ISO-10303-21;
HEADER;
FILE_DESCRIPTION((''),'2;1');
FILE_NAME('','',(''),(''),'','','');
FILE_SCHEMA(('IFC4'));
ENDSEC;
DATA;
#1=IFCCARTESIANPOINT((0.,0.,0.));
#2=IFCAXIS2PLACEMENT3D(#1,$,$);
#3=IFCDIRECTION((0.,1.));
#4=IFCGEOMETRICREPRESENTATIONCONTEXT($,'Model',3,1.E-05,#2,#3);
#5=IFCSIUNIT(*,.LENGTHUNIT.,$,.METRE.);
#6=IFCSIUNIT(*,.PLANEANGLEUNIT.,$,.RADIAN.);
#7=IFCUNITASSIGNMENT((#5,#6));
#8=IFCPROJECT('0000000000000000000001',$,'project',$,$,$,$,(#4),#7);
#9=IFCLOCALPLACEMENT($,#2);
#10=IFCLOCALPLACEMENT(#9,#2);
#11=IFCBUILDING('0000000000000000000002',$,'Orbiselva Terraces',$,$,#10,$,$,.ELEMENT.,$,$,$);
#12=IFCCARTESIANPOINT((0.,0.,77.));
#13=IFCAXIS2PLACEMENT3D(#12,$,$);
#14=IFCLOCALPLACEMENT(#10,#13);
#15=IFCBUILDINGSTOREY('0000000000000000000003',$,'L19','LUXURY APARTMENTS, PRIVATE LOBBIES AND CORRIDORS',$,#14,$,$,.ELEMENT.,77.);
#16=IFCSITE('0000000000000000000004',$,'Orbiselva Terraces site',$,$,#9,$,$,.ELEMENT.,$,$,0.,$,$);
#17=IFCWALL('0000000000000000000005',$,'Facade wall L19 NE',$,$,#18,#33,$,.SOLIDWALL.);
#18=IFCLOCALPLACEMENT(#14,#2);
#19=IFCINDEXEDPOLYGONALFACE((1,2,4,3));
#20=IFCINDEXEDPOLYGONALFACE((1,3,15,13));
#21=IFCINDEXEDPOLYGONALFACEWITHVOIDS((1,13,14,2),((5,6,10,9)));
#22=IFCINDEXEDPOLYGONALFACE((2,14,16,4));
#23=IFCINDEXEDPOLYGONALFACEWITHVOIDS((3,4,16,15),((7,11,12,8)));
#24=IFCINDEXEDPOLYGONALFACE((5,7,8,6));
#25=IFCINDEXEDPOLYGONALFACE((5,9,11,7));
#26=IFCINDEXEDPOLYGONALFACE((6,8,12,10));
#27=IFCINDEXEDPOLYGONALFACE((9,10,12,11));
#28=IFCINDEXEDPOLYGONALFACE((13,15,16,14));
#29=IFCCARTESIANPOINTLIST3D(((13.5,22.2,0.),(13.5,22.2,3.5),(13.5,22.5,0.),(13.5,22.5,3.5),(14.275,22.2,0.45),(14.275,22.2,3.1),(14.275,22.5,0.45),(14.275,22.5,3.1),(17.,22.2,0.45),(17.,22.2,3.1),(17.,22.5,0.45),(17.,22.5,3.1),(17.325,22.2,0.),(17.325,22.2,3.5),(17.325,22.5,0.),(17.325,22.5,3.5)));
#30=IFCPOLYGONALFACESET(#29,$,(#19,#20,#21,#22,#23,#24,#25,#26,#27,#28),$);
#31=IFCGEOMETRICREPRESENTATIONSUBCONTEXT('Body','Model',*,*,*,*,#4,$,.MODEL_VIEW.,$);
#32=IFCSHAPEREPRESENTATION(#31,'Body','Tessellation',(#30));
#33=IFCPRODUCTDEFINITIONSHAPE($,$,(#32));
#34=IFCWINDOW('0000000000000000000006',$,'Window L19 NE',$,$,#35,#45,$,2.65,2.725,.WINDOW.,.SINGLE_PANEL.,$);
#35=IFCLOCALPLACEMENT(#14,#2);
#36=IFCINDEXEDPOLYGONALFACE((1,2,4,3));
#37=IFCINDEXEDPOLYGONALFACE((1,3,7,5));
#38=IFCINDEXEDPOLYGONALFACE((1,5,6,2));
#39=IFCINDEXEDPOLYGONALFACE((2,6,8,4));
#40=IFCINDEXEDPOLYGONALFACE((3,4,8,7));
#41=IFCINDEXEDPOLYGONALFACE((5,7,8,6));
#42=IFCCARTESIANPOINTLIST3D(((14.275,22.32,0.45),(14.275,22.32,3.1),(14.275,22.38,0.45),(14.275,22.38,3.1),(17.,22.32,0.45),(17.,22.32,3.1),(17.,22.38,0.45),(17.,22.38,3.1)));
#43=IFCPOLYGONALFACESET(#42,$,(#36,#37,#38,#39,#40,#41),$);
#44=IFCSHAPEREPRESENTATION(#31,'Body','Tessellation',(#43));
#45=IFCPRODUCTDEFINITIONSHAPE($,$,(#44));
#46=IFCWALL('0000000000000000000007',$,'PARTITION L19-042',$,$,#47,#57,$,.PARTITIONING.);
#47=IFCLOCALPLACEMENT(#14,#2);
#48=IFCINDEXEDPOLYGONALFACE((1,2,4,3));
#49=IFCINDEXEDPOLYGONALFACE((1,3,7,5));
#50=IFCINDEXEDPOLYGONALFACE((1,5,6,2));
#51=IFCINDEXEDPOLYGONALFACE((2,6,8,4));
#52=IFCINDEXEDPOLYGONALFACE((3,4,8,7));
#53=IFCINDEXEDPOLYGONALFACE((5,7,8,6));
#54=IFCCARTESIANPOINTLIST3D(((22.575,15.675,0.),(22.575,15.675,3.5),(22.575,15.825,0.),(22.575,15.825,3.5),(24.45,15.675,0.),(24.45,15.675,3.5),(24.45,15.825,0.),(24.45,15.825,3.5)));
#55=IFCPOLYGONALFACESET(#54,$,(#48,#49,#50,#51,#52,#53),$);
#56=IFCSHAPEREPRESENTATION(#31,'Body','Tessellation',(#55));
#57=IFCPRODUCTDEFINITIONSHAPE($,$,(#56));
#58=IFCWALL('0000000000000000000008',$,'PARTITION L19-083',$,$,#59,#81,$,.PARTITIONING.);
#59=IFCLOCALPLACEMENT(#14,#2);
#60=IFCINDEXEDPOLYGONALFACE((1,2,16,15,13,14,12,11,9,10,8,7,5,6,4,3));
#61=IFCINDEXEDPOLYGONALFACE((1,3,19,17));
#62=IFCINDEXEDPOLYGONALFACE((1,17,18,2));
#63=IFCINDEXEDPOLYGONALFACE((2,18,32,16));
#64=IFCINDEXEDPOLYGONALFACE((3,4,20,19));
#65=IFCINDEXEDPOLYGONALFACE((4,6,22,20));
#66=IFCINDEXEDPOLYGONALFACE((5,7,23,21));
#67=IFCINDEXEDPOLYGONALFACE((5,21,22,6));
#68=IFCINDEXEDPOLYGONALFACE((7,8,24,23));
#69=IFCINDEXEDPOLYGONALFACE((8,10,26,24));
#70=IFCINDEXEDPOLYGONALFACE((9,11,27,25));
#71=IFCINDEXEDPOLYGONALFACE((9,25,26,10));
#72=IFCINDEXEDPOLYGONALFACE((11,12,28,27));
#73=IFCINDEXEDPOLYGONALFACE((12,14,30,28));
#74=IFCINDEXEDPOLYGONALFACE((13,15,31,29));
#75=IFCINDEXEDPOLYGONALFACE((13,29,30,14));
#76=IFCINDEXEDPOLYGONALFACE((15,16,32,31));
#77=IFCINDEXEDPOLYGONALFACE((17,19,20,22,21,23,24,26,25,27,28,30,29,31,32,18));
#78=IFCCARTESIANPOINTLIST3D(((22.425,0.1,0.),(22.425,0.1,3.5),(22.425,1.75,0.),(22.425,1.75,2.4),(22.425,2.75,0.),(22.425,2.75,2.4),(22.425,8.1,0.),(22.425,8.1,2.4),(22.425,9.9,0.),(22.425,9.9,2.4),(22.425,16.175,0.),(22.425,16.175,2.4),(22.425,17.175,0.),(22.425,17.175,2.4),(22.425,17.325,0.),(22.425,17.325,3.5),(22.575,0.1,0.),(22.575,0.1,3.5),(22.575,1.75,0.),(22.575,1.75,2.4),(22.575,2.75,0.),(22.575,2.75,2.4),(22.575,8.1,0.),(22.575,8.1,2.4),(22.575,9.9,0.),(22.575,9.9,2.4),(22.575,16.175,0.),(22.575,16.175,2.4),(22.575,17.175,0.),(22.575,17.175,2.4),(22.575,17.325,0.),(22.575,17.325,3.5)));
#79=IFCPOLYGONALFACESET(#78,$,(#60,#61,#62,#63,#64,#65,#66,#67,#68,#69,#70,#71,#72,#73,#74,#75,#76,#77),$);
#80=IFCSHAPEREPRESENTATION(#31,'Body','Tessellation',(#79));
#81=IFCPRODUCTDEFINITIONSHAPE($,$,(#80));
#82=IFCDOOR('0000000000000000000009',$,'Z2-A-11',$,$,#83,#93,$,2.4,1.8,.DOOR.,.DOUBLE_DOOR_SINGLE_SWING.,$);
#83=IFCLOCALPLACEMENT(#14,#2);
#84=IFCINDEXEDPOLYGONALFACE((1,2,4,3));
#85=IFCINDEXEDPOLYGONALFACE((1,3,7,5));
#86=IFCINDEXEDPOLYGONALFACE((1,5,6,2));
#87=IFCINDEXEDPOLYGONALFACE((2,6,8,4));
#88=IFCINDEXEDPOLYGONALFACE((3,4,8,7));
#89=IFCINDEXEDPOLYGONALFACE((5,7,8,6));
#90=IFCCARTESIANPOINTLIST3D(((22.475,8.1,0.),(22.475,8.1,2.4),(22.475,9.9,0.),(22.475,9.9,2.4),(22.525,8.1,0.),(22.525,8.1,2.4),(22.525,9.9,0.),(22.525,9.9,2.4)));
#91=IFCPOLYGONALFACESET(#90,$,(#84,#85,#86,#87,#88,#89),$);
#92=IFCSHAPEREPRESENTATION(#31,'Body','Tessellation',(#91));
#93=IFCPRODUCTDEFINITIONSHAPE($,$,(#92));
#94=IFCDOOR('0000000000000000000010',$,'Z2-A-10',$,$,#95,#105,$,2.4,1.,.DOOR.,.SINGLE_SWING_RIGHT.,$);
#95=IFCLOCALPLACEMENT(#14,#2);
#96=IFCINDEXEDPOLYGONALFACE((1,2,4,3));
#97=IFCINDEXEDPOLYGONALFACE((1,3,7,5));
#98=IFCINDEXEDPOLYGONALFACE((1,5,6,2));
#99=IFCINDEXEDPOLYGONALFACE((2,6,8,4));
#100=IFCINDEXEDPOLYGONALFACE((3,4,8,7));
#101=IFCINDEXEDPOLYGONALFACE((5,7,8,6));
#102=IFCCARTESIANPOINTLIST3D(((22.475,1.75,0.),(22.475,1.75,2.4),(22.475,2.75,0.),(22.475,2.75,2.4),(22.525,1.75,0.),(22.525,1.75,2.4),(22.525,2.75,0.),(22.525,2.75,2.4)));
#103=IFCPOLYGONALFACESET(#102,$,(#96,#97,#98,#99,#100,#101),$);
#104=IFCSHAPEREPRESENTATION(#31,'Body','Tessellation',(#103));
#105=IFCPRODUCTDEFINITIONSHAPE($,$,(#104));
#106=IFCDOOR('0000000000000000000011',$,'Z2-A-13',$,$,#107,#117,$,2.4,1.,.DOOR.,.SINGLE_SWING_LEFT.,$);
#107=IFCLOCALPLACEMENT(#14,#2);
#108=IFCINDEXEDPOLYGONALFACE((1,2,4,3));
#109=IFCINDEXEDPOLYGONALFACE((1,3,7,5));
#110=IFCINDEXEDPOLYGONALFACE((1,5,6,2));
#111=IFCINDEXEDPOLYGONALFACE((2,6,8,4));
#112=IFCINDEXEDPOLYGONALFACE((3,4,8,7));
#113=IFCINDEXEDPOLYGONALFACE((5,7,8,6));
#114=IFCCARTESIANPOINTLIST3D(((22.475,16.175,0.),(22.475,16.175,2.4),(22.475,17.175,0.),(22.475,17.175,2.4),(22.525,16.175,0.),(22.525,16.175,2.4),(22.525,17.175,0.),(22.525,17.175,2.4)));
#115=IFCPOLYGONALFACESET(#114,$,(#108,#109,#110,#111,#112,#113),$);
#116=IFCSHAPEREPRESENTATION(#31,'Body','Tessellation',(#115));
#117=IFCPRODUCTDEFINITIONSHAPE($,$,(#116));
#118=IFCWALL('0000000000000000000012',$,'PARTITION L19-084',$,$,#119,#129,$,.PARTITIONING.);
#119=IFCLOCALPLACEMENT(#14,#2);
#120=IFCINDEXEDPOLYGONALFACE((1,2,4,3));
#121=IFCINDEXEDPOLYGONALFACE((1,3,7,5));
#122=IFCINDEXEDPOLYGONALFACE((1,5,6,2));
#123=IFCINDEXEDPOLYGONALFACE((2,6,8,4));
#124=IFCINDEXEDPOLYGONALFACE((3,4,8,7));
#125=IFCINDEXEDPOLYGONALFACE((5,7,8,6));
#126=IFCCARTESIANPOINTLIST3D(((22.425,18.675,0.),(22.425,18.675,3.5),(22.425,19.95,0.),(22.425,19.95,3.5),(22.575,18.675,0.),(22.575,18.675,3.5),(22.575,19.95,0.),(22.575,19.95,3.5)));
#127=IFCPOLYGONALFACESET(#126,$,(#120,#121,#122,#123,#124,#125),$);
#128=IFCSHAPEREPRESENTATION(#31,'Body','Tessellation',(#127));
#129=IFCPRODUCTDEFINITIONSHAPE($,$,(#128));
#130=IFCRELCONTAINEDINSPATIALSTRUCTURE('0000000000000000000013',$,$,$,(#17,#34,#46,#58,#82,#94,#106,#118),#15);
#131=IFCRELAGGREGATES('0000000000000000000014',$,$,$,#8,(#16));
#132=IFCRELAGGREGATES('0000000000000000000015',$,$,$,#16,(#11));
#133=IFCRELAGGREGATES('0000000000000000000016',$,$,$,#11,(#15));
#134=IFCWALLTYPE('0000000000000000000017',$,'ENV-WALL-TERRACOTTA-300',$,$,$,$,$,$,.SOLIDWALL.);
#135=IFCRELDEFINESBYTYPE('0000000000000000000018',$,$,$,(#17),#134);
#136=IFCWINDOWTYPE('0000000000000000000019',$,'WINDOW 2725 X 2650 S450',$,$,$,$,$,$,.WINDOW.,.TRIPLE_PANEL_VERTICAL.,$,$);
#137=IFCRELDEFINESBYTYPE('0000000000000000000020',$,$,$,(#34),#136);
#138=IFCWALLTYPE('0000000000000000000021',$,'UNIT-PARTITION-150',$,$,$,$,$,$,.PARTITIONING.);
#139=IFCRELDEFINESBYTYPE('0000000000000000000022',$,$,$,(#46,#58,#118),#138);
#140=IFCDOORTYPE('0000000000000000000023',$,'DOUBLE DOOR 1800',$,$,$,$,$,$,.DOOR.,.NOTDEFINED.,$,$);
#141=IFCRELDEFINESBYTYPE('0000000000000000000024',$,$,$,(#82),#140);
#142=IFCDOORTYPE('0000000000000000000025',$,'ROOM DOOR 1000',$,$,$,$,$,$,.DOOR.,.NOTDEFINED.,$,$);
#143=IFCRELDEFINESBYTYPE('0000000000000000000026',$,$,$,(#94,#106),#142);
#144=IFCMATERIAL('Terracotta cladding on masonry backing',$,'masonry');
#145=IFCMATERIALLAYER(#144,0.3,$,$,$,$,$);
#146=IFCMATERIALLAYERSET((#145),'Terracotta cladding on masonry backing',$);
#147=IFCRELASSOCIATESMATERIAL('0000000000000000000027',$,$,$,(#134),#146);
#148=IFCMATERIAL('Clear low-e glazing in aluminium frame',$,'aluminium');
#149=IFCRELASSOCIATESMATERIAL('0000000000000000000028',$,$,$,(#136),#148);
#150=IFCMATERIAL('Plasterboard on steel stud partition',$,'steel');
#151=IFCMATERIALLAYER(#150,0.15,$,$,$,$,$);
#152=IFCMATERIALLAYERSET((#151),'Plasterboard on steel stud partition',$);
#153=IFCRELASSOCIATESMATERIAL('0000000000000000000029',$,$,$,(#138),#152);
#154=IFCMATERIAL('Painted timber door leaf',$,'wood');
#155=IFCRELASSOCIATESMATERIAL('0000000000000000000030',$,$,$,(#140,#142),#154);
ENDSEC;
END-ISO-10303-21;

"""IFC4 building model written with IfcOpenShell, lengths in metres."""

from ifc_helpers import new_model, si_unit, direction, frame, frame_2d, origin, place, context, subcontext, project, spatial, rectangle, extrude, material, layer, layer_set, type_object, element, fill, save


model = new_model("IFC4")

# Units and contexts
model_context = context("Model", 3, precision=1e-05, world=origin(), true_north=direction((0.0, 1.0)))
body_context = subcontext(model_context, "Body", "Model", "MODEL_VIEW")
ifc_project = project(units=[si_unit("LENGTHUNIT", "METRE"), si_unit("PLANEANGLEUNIT", "RADIAN")], contexts=[model_context])

# Site, building, storey
site_placement = place(None, origin())
site = spatial("IfcSite", under=ifc_project, at=site_placement, Name="Orbiselva Terraces site", CompositionType="ELEMENT", RefElevation=0.0)
building_placement = place(site_placement, origin())
building = spatial("IfcBuilding", under=site, at=building_placement, Name="Orbiselva Terraces", CompositionType="ELEMENT")
storey_placement = place(building_placement, frame((0.0, 0.0, 77.0)))
storey = spatial("IfcBuildingStorey", under=building, at=storey_placement, Name="L19", Description="LUXURY APARTMENTS, PRIVATE LOBBIES AND CORRIDORS", CompositionType="ELEMENT", Elevation=77.0)

# Shared definitions
ifc_material_1 = material(Name="Terracotta cladding on masonry backing", Category="masonry")
ifc_layer_1 = layer(ifc_material_1, 0.3)
ifc_layer_set_1 = layer_set([ifc_layer_1], Name="Terracotta cladding on masonry backing")
wall_type_1 = type_object("IfcWallType", Name="ENV-WALL-TERRACOTTA-300", PredefinedType="SOLIDWALL", material=ifc_layer_set_1)
ifc_material_2 = material(Name="Clear low-e glazing in aluminium frame", Category="aluminium")

# Wall, opening, window
wall_1_placement = place(storey_placement, frame((13.5, 22.35, 0.0), z_axis=(0.0, 0.0, 1.0), x_axis=(1.0, 0.0, 0.0)))
wall_1 = element("IfcWall", 1, at=wall_1_placement, inside=storey, type_object=wall_type_1, Name="Facade wall L19 NE", PredefinedType="SOLIDWALL", context=body_context, shape_type="SweptSolid", body=[
    extrude(rectangle(XDim=3.825, YDim=0.3, at=frame_2d((1.9125, 0.0))), origin(), (0.0, 0.0, 1.0), 3.5),
])
opening_1_placement = place(wall_1_placement, frame((0.775, 0.0, 0.45)))
opening_1 = element("IfcOpeningElement", 2, at=opening_1_placement, cuts=wall_1, PredefinedType="OPENING", context=body_context, shape_type="SweptSolid", body=[
    extrude(rectangle(XDim=2.725, YDim=2.65, at=frame_2d((1.3625, 1.325))), frame((0.0, 0.16, 0.0), z_axis=(0.0, -1.0, 0.0), x_axis=(1.0, 0.0, 0.0)), (0.0, 0.0, 1.0), 0.32),
])
window_type = type_object("IfcWindowType", Name="WINDOW 2725 X 2650 S450", PartitioningType="TRIPLE_PANEL_VERTICAL", PredefinedType="WINDOW", material=ifc_material_2)
window_placement = place(opening_1_placement, origin())
window = element("IfcWindow", 3, at=window_placement, inside=storey, type_object=window_type, Name="Window L19 NE", OverallHeight=2.65, OverallWidth=2.725, PartitioningType="SINGLE_PANEL", PredefinedType="WINDOW", context=body_context, shape_type="SweptSolid", body=[
    extrude(rectangle(XDim=2.725, YDim=2.65, at=frame_2d((1.3625, 1.325))), frame((0.0, 0.03, 0.0), z_axis=(0.0, -1.0, 0.0), x_axis=(1.0, 0.0, 0.0)), (0.0, 0.0, 1.0), 0.06),
])
fill(opening_1, window)

# Wall
ifc_material_3 = material(Name="Plasterboard on steel stud partition", Category="steel")
ifc_layer_2 = layer(ifc_material_3, 0.15)
ifc_layer_set_2 = layer_set([ifc_layer_2], Name="Plasterboard on steel stud partition")
wall_type_2 = type_object("IfcWallType", Name="UNIT-PARTITION-150", PredefinedType="PARTITIONING", material=ifc_layer_set_2)
wall_2_placement = place(storey_placement, frame((22.575, 15.75, 0.0), z_axis=(0.0, 0.0, 1.0), x_axis=(1.0, 0.0, 0.0)))
element("IfcWall", 4, at=wall_2_placement, inside=storey, type_object=wall_type_2, Name="PARTITION L19-042", PredefinedType="PARTITIONING", context=body_context, shape_type="SweptSolid", body=[
    extrude(rectangle(XDim=1.875, YDim=0.15, at=frame_2d((0.9375, 0.0))), origin(), (0.0, 0.0, 1.0), 3.5),
])

# Wall, openings, doors
wall_3_placement = place(storey_placement, frame((22.5, 17.325, 0.0), z_axis=(0.0, 0.0, 1.0), x_axis=(0.0, -1.0, 0.0)))
wall_3 = element("IfcWall", 5, at=wall_3_placement, inside=storey, type_object=wall_type_2, Name="PARTITION L19-083", PredefinedType="PARTITIONING", context=body_context, shape_type="SweptSolid", body=[
    extrude(rectangle(XDim=17.225, YDim=0.15, at=frame_2d((8.6125, 0.0))), origin(), (0.0, 0.0, 1.0), 3.5),
])
opening_2_placement = place(wall_3_placement, frame((14.575, 0.0, 0.0)))
opening_2 = element("IfcOpeningElement", 6, at=opening_2_placement, cuts=wall_3, PredefinedType="OPENING", context=body_context, shape_type="SweptSolid", body=[
    extrude(rectangle(XDim=1.0, YDim=2.4, at=frame_2d((0.5, 1.2))), frame((0.0, 0.085, 0.0), z_axis=(0.0, -1.0, 0.0), x_axis=(1.0, 0.0, 0.0)), (0.0, 0.0, 1.0), 0.17),
])
opening_3_placement = place(wall_3_placement, frame((7.425, 0.0, 0.0)))
opening_3 = element("IfcOpeningElement", 7, at=opening_3_placement, cuts=wall_3, PredefinedType="OPENING", context=body_context, shape_type="SweptSolid", body=[
    extrude(rectangle(XDim=1.8, YDim=2.4, at=frame_2d((0.9, 1.2))), frame((0.0, 0.085, 0.0), z_axis=(0.0, -1.0, 0.0), x_axis=(1.0, 0.0, 0.0)), (0.0, 0.0, 1.0), 0.17),
])
opening_4_placement = place(wall_3_placement, frame((0.15, 0.0, 0.0)))
opening_4 = element("IfcOpeningElement", 8, at=opening_4_placement, cuts=wall_3, PredefinedType="OPENING", context=body_context, shape_type="SweptSolid", body=[
    extrude(rectangle(XDim=1.0, YDim=2.4, at=frame_2d((0.5, 1.2))), frame((0.0, 0.085, 0.0), z_axis=(0.0, -1.0, 0.0), x_axis=(1.0, 0.0, 0.0)), (0.0, 0.0, 1.0), 0.17),
])
ifc_material_4 = material(Name="Painted timber door leaf", Category="wood")
door_type_1 = type_object("IfcDoorType", Name="DOUBLE DOOR 1800", OperationType="NOTDEFINED", PredefinedType="DOOR", material=ifc_material_4)
door_1_placement = place(opening_3_placement, origin())
door_1 = element("IfcDoor", 9, at=door_1_placement, inside=storey, type_object=door_type_1, Name="Z2-A-11", OperationType="DOUBLE_DOOR_SINGLE_SWING", OverallHeight=2.4, OverallWidth=1.8, PredefinedType="DOOR", context=body_context, shape_type="SweptSolid", body=[
    extrude(rectangle(XDim=1.8, YDim=2.4, at=frame_2d((0.9, 1.2))), frame((0.0, 0.025, 0.0), z_axis=(0.0, -1.0, 0.0), x_axis=(1.0, 0.0, 0.0)), (0.0, 0.0, 1.0), 0.05),
])
fill(opening_3, door_1)
door_type_2 = type_object("IfcDoorType", Name="ROOM DOOR 1000", OperationType="NOTDEFINED", PredefinedType="DOOR", material=ifc_material_4)
door_2_placement = place(opening_2_placement, origin())
door_2 = element("IfcDoor", 10, at=door_2_placement, inside=storey, type_object=door_type_2, Name="Z2-A-10", OperationType="SINGLE_SWING_RIGHT", OverallHeight=2.4, OverallWidth=1.0, PredefinedType="DOOR", context=body_context, shape_type="SweptSolid", body=[
    extrude(rectangle(XDim=1.0, YDim=2.4, at=frame_2d((0.5, 1.2))), frame((0.0, 0.025, 0.0), z_axis=(0.0, -1.0, 0.0), x_axis=(1.0, 0.0, 0.0)), (0.0, 0.0, 1.0), 0.05),
])
fill(opening_2, door_2)
door_3_placement = place(opening_4_placement, origin())
door_3 = element("IfcDoor", 11, at=door_3_placement, inside=storey, type_object=door_type_2, Name="Z2-A-13", OperationType="SINGLE_SWING_LEFT", OverallHeight=2.4, OverallWidth=1.0, PredefinedType="DOOR", context=body_context, shape_type="SweptSolid", body=[
    extrude(rectangle(XDim=1.0, YDim=2.4, at=frame_2d((0.5, 1.2))), frame((0.0, 0.025, 0.0), z_axis=(0.0, -1.0, 0.0), x_axis=(1.0, 0.0, 0.0)), (0.0, 0.0, 1.0), 0.05),
])
fill(opening_4, door_3)

# Wall
wall_4_placement = place(storey_placement, frame((22.5, 18.675, 0.0), z_axis=(0.0, 0.0, 1.0), x_axis=(0.0, 1.0, 0.0)))
element("IfcWall", 12, at=wall_4_placement, inside=storey, type_object=wall_type_2, Name="PARTITION L19-084", PredefinedType="PARTITIONING", context=body_context, shape_type="SweptSolid", body=[
    extrude(rectangle(XDim=1.275, YDim=0.15, at=frame_2d((0.6375, 0.0))), origin(), (0.0, 0.0, 1.0), 3.5),
])

save(model, "model.ifc")
